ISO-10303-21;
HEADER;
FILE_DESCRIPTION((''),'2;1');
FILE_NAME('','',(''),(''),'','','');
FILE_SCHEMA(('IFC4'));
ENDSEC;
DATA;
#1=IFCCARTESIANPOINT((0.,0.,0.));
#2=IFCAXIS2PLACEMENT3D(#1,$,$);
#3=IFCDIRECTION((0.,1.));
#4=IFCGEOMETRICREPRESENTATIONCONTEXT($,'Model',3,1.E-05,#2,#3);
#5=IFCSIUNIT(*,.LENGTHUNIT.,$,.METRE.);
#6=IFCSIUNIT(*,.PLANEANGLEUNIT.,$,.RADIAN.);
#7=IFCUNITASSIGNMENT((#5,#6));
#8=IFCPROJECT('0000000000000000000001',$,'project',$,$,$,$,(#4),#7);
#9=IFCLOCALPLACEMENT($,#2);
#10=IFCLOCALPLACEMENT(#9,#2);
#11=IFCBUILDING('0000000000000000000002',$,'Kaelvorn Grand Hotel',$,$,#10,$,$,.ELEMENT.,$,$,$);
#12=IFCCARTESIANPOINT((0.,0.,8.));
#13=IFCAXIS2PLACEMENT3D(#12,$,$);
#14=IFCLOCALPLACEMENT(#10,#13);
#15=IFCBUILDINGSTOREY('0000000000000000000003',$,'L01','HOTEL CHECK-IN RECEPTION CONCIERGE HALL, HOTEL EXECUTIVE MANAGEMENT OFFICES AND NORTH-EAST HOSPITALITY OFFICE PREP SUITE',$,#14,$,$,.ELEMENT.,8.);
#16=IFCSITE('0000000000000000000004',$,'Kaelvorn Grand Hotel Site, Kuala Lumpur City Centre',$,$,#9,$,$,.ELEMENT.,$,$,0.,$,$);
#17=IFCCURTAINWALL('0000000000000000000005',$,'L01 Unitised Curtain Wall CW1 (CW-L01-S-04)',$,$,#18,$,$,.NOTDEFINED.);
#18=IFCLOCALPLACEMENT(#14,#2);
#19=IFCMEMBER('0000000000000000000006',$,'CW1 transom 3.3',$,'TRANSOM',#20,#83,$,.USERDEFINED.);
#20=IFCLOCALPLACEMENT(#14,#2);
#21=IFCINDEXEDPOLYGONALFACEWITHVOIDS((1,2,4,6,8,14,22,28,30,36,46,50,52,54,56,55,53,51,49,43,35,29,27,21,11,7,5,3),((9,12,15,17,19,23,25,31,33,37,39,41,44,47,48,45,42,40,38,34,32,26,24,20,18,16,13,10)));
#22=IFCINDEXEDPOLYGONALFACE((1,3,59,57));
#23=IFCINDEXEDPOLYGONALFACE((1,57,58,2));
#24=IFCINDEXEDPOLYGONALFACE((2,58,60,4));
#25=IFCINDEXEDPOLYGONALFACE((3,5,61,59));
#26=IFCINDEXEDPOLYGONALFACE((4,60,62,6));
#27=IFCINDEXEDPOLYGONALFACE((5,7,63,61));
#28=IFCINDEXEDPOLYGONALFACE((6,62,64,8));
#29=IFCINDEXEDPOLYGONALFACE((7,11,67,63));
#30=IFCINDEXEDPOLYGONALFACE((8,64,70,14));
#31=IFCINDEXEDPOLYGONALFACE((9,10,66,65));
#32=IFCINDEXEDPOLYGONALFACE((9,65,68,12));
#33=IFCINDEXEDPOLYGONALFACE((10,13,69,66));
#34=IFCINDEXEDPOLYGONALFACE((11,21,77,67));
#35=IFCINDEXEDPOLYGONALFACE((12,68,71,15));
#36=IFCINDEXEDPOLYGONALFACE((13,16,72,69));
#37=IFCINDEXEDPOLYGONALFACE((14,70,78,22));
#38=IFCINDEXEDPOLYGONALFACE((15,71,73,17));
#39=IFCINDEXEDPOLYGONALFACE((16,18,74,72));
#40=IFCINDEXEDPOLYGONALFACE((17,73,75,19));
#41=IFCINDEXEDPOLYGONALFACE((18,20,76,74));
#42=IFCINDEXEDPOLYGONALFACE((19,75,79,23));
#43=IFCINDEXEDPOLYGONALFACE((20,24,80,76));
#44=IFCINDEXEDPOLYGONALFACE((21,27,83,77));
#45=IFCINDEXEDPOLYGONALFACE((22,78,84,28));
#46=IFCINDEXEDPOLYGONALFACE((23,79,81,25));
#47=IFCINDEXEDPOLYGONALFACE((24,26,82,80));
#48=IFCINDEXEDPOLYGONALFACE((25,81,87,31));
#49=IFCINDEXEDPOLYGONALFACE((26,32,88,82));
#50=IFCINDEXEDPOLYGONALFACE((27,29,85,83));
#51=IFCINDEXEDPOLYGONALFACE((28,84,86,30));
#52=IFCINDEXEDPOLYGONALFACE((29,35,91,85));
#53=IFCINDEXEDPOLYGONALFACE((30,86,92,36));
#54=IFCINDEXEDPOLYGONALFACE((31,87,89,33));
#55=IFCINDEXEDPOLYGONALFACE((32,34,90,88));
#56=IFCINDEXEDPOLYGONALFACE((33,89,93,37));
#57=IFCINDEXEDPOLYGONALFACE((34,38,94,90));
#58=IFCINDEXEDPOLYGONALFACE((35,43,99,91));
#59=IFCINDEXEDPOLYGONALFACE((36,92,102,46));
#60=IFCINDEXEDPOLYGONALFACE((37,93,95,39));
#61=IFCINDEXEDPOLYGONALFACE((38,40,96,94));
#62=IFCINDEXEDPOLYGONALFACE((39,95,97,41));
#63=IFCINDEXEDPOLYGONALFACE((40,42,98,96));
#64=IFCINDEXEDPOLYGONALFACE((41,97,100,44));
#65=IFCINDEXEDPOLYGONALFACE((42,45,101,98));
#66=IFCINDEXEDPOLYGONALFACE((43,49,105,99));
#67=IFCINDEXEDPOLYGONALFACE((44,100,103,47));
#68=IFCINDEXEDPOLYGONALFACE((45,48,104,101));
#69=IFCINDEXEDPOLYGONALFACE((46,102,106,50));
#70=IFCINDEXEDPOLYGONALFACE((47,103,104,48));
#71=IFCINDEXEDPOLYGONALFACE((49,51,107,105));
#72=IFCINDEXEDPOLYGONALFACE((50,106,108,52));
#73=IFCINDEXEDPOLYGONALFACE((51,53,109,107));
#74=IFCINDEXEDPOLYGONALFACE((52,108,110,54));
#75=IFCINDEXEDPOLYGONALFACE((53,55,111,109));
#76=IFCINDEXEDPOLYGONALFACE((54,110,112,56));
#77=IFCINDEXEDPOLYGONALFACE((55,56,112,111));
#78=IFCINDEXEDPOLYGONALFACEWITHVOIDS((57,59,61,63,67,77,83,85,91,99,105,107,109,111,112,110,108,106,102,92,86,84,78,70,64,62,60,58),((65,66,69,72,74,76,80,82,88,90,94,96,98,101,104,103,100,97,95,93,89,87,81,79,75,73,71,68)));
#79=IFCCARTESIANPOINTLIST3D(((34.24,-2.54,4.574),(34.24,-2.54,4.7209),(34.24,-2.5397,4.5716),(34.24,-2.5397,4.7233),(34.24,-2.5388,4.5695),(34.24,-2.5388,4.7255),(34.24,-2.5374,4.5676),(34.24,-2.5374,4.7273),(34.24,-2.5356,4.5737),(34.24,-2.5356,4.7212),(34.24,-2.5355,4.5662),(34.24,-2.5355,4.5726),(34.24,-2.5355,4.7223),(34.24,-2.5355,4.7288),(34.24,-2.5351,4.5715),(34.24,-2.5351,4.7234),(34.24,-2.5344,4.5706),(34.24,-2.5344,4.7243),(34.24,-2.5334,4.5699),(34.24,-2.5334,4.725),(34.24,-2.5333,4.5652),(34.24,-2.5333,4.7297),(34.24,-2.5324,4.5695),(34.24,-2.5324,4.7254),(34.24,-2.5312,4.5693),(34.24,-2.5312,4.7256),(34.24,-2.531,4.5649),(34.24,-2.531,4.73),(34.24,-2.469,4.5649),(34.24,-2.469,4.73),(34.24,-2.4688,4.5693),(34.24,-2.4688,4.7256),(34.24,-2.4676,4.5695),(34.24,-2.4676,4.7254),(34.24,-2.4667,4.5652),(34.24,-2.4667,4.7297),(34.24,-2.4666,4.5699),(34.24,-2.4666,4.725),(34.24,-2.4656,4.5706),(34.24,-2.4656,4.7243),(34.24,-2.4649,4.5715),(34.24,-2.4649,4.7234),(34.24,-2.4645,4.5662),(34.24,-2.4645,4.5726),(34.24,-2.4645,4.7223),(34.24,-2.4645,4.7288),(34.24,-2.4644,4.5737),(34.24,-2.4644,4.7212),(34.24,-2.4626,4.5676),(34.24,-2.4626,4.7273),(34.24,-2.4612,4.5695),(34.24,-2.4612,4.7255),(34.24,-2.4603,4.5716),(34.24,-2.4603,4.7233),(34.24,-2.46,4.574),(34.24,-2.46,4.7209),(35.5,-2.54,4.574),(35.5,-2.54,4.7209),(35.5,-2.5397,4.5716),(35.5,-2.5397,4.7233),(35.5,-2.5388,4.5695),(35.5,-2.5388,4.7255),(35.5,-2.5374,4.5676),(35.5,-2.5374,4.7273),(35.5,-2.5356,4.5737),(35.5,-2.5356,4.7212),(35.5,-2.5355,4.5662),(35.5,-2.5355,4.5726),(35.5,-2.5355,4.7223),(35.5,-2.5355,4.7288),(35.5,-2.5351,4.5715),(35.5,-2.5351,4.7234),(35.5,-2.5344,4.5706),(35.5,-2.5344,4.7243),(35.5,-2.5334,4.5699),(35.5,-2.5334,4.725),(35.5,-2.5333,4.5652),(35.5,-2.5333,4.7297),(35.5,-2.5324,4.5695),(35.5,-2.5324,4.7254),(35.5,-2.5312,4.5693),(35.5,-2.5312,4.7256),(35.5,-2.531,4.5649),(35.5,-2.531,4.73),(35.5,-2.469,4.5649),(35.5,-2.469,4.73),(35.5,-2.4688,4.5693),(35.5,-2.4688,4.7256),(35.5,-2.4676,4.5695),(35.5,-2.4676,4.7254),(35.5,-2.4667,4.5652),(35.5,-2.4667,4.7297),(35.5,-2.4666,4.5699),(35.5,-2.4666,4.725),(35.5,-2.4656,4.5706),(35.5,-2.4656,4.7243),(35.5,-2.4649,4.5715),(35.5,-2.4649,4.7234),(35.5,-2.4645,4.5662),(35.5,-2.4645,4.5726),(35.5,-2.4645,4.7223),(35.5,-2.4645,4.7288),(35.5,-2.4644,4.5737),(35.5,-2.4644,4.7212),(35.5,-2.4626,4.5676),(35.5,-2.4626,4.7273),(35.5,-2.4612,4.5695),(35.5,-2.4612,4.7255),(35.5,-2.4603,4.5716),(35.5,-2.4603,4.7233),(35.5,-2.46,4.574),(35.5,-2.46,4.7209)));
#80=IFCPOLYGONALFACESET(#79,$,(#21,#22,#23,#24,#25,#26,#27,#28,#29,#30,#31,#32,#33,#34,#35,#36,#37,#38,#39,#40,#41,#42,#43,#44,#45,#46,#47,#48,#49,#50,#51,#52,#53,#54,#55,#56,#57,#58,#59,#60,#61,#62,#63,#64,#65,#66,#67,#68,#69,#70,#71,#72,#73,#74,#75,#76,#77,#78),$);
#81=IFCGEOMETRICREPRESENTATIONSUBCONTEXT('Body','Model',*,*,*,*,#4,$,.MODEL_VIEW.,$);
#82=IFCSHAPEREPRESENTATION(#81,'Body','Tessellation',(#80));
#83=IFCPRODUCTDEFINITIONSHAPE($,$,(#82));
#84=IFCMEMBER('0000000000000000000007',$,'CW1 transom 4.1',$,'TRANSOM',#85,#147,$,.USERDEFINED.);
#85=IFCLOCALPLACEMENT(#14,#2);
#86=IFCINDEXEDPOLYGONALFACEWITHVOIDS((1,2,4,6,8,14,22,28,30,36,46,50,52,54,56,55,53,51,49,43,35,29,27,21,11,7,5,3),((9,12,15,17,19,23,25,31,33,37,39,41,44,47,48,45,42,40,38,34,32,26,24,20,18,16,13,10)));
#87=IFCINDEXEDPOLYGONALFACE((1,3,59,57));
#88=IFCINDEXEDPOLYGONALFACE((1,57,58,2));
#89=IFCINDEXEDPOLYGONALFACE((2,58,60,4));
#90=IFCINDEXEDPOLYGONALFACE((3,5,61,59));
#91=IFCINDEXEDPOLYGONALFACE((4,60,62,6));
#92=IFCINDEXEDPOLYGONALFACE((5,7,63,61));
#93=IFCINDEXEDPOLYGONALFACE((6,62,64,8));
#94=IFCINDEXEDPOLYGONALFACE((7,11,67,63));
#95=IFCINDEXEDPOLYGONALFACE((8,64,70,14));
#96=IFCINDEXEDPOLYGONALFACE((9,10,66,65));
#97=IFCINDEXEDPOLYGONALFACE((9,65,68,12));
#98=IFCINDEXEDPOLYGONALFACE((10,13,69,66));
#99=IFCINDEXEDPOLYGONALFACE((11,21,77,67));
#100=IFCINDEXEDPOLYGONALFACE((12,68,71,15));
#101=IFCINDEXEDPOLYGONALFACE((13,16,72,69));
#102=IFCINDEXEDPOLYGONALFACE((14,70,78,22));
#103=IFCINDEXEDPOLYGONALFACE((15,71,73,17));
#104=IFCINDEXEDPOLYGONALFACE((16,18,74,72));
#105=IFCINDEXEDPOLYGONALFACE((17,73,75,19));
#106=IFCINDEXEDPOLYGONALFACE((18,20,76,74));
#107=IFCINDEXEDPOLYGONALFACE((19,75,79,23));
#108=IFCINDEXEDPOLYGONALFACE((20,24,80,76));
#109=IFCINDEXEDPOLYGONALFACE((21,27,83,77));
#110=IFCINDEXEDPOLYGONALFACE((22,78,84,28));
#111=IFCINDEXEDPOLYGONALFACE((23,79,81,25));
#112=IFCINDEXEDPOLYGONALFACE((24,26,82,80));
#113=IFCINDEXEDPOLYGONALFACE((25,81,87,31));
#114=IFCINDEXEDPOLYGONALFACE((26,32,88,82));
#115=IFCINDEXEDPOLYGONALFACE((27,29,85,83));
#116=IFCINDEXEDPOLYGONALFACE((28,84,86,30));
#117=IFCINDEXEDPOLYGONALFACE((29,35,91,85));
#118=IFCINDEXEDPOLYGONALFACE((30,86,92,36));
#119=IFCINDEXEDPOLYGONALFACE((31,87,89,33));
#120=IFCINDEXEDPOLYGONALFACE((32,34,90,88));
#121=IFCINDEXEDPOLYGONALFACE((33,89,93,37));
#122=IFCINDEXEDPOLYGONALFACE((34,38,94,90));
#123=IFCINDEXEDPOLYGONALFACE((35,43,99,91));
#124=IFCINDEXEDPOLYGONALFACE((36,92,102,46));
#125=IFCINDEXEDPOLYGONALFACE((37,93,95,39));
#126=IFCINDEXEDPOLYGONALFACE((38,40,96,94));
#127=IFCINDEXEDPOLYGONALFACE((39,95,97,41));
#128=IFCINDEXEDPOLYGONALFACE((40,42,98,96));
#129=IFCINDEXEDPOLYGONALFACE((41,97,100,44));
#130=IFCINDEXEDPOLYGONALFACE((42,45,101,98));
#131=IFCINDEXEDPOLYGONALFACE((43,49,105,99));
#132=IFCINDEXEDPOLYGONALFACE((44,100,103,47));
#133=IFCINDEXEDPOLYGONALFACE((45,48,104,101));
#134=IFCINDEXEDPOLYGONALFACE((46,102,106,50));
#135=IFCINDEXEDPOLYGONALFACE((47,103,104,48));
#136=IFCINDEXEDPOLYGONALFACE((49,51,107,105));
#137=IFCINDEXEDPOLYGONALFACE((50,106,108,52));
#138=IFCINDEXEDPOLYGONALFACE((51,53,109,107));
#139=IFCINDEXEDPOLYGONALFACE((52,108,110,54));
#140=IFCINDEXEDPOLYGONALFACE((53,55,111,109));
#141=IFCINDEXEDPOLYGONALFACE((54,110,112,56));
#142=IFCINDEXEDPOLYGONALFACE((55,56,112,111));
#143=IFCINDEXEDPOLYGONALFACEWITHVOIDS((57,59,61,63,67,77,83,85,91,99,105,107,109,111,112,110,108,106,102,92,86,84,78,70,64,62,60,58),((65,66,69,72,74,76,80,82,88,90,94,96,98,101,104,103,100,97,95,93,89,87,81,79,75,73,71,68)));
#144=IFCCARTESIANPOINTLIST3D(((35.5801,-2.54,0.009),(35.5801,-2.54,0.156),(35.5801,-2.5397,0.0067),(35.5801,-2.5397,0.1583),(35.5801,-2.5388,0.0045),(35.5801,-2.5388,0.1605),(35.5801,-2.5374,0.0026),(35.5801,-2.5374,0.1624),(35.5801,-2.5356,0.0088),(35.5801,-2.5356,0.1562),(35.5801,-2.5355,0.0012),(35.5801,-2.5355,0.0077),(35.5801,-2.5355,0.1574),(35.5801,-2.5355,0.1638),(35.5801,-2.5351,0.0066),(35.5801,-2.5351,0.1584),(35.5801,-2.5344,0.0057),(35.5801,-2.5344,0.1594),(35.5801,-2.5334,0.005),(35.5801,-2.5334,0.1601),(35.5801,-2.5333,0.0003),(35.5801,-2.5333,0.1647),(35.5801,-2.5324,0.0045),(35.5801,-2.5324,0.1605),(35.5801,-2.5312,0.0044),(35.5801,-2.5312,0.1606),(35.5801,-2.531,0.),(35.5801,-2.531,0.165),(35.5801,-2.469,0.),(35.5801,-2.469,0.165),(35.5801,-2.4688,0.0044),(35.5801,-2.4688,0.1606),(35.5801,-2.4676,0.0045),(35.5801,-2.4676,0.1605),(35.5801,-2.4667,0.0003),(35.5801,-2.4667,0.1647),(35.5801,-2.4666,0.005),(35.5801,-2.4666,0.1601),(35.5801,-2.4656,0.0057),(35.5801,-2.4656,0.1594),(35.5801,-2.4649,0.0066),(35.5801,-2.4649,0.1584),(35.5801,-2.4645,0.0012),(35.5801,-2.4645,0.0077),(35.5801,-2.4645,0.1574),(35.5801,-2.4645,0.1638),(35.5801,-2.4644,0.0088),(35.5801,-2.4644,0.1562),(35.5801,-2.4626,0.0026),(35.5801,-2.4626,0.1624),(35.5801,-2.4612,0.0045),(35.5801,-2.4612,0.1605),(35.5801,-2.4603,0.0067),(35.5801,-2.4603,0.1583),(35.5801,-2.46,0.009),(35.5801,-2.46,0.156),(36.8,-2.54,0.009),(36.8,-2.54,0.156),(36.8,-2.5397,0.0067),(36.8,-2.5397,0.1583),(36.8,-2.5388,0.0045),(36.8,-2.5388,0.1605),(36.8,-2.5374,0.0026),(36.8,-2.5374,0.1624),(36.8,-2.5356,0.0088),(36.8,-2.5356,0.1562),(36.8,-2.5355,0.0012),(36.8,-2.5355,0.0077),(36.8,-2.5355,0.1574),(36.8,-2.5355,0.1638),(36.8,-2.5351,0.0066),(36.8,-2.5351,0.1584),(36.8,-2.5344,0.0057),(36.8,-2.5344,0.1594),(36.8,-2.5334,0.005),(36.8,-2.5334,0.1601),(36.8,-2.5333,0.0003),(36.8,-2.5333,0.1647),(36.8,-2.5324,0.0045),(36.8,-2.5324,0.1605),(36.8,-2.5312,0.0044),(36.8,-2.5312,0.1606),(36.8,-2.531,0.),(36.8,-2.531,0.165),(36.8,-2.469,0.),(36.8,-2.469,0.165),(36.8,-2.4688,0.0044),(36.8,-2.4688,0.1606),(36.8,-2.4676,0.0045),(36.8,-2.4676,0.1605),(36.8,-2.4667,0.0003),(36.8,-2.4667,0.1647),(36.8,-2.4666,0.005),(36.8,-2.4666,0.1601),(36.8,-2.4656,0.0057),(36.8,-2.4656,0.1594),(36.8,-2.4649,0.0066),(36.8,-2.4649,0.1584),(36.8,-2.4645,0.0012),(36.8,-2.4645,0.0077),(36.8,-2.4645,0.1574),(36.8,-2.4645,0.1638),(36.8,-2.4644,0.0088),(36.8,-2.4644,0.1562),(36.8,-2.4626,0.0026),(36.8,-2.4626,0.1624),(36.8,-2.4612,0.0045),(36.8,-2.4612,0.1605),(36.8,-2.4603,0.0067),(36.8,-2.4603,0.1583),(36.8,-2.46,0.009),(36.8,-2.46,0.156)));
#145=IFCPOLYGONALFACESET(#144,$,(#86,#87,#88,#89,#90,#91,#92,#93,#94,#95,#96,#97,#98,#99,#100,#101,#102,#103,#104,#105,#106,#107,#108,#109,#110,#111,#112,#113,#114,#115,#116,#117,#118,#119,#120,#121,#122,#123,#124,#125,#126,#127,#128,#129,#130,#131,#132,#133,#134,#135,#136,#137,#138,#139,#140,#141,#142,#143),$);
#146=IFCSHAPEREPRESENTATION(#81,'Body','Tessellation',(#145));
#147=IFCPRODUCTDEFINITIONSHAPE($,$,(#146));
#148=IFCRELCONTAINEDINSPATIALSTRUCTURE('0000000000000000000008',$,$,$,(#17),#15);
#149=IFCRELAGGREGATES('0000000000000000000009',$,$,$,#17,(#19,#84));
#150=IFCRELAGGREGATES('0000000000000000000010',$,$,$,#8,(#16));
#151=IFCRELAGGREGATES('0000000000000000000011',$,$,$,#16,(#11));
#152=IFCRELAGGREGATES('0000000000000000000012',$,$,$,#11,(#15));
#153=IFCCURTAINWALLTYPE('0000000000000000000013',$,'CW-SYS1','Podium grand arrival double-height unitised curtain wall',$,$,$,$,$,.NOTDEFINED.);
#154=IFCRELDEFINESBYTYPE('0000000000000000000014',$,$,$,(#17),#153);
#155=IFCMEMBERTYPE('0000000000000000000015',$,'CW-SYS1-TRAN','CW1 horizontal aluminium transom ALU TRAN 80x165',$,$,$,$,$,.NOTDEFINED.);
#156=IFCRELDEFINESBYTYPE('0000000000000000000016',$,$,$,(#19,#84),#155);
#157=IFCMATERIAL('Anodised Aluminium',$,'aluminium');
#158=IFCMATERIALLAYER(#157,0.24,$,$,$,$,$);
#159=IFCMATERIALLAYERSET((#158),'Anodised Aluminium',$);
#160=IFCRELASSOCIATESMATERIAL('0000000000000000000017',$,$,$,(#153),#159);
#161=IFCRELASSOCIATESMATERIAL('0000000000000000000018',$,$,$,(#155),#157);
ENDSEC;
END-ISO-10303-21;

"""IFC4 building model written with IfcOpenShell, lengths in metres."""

from ifc_helpers import new_model, si_unit, direction, frame, origin, origin_2d, place, context, subcontext, project, spatial, hollow_rectangle, extrude, material, layer, layer_set, material_profile, profile_set, type_object, element, aggregate, save


model = new_model("IFC4")

# Units and contexts
model_context = context("Model", 3, precision=1e-05, world=origin(), true_north=direction((0.0, 1.0)))
body_context = subcontext(model_context, "Body", "Model", "MODEL_VIEW")
ifc_project = project(units=[si_unit("LENGTHUNIT", "METRE"), si_unit("PLANEANGLEUNIT", "RADIAN")], contexts=[model_context])

# Site, building, storey
site_placement = place(None, origin())
site = spatial("IfcSite", under=ifc_project, at=site_placement, Name="Kaelvorn Grand Hotel Site, Kuala Lumpur City Centre", CompositionType="ELEMENT", RefElevation=0.0)
building_placement = place(site_placement, origin())
building = spatial("IfcBuilding", under=site, at=building_placement, Name="Kaelvorn Grand Hotel", CompositionType="ELEMENT")
storey_placement = place(building_placement, frame((0.0, 0.0, 8.0)))
storey = spatial("IfcBuildingStorey", under=building, at=storey_placement, Name="L01", Description="HOTEL CHECK-IN RECEPTION CONCIERGE HALL, HOTEL EXECUTIVE MANAGEMENT OFFICES AND NORTH-EAST HOSPITALITY OFFICE PREP SUITE", CompositionType="ELEMENT", Elevation=8.0)

# Shared definitions
ifc_material_1 = material(Name="Anodised Aluminium", Category="aluminium")
ifc_layer_1 = layer(ifc_material_1, 0.24)
ifc_layer_set_1 = layer_set([ifc_layer_1], Name="Anodised Aluminium")
curtain_wall_type = type_object("IfcCurtainWallType", Name="CW-SYS1", Description="Podium grand arrival double-height unitised curtain wall", PredefinedType="NOTDEFINED", material=ifc_layer_set_1)

# Curtain wall
curtain_wall_1_placement = place(storey_placement, origin())
curtain_wall_1 = element("IfcCurtainWall", 1, at=curtain_wall_1_placement, inside=storey, type_object=curtain_wall_type, Name="L01 Unitised Curtain Wall CW1 (CW-L01-S-04)", PredefinedType="NOTDEFINED")

# Members
ifc_material_profile_1 = material_profile(ifc_material_1, hollow_rectangle(XDim=0.0801, YDim=0.165, WallThickness=0.0044, InnerFilletRadius=0.0044, OuterFilletRadius=0.009, at=origin_2d()), Name="ALU TRAN 80x165")
ifc_profile_set_1 = profile_set([ifc_material_profile_1], Name="Anodised Aluminium")
member_type_1 = type_object("IfcMemberType", Name="CW-SYS1-TRAN", Description="CW1 horizontal aluminium transom ALU TRAN 80x165", PredefinedType="NOTDEFINED", material=ifc_profile_set_1)
member_1_placement = place(storey_placement, frame((34.24, -2.5, 4.6475), z_axis=(1.0, 0.0, 0.0), x_axis=(0.0, 1.0, 0.0)))
member_1 = element("IfcMember", 2, at=member_1_placement, type_object=member_type_1, Name="CW1 transom 3.3", ObjectType="TRANSOM", PredefinedType="USERDEFINED", context=body_context, shape_type="SweptSolid", body=[
    extrude(hollow_rectangle(XDim=0.0801, YDim=0.165, WallThickness=0.0044, InnerFilletRadius=0.0044, OuterFilletRadius=0.009, at=origin_2d()), origin(), (0.0, 0.0, 1.0), 1.26),
])
member_2_placement = place(storey_placement, frame((35.5801, -2.5, 0.0825), z_axis=(1.0, 0.0, 0.0), x_axis=(0.0, 1.0, 0.0)))
member_2 = element("IfcMember", 3, at=member_2_placement, type_object=member_type_1, Name="CW1 transom 4.1", ObjectType="TRANSOM", PredefinedType="USERDEFINED", context=body_context, shape_type="SweptSolid", body=[
    extrude(hollow_rectangle(XDim=0.0801, YDim=0.165, WallThickness=0.0044, InnerFilletRadius=0.0044, OuterFilletRadius=0.009, at=origin_2d()), origin(), (0.0, 0.0, 1.0), 1.22),
])

aggregate(curtain_wall_1, [member_1, member_2])

save(model, "model.ifc")
